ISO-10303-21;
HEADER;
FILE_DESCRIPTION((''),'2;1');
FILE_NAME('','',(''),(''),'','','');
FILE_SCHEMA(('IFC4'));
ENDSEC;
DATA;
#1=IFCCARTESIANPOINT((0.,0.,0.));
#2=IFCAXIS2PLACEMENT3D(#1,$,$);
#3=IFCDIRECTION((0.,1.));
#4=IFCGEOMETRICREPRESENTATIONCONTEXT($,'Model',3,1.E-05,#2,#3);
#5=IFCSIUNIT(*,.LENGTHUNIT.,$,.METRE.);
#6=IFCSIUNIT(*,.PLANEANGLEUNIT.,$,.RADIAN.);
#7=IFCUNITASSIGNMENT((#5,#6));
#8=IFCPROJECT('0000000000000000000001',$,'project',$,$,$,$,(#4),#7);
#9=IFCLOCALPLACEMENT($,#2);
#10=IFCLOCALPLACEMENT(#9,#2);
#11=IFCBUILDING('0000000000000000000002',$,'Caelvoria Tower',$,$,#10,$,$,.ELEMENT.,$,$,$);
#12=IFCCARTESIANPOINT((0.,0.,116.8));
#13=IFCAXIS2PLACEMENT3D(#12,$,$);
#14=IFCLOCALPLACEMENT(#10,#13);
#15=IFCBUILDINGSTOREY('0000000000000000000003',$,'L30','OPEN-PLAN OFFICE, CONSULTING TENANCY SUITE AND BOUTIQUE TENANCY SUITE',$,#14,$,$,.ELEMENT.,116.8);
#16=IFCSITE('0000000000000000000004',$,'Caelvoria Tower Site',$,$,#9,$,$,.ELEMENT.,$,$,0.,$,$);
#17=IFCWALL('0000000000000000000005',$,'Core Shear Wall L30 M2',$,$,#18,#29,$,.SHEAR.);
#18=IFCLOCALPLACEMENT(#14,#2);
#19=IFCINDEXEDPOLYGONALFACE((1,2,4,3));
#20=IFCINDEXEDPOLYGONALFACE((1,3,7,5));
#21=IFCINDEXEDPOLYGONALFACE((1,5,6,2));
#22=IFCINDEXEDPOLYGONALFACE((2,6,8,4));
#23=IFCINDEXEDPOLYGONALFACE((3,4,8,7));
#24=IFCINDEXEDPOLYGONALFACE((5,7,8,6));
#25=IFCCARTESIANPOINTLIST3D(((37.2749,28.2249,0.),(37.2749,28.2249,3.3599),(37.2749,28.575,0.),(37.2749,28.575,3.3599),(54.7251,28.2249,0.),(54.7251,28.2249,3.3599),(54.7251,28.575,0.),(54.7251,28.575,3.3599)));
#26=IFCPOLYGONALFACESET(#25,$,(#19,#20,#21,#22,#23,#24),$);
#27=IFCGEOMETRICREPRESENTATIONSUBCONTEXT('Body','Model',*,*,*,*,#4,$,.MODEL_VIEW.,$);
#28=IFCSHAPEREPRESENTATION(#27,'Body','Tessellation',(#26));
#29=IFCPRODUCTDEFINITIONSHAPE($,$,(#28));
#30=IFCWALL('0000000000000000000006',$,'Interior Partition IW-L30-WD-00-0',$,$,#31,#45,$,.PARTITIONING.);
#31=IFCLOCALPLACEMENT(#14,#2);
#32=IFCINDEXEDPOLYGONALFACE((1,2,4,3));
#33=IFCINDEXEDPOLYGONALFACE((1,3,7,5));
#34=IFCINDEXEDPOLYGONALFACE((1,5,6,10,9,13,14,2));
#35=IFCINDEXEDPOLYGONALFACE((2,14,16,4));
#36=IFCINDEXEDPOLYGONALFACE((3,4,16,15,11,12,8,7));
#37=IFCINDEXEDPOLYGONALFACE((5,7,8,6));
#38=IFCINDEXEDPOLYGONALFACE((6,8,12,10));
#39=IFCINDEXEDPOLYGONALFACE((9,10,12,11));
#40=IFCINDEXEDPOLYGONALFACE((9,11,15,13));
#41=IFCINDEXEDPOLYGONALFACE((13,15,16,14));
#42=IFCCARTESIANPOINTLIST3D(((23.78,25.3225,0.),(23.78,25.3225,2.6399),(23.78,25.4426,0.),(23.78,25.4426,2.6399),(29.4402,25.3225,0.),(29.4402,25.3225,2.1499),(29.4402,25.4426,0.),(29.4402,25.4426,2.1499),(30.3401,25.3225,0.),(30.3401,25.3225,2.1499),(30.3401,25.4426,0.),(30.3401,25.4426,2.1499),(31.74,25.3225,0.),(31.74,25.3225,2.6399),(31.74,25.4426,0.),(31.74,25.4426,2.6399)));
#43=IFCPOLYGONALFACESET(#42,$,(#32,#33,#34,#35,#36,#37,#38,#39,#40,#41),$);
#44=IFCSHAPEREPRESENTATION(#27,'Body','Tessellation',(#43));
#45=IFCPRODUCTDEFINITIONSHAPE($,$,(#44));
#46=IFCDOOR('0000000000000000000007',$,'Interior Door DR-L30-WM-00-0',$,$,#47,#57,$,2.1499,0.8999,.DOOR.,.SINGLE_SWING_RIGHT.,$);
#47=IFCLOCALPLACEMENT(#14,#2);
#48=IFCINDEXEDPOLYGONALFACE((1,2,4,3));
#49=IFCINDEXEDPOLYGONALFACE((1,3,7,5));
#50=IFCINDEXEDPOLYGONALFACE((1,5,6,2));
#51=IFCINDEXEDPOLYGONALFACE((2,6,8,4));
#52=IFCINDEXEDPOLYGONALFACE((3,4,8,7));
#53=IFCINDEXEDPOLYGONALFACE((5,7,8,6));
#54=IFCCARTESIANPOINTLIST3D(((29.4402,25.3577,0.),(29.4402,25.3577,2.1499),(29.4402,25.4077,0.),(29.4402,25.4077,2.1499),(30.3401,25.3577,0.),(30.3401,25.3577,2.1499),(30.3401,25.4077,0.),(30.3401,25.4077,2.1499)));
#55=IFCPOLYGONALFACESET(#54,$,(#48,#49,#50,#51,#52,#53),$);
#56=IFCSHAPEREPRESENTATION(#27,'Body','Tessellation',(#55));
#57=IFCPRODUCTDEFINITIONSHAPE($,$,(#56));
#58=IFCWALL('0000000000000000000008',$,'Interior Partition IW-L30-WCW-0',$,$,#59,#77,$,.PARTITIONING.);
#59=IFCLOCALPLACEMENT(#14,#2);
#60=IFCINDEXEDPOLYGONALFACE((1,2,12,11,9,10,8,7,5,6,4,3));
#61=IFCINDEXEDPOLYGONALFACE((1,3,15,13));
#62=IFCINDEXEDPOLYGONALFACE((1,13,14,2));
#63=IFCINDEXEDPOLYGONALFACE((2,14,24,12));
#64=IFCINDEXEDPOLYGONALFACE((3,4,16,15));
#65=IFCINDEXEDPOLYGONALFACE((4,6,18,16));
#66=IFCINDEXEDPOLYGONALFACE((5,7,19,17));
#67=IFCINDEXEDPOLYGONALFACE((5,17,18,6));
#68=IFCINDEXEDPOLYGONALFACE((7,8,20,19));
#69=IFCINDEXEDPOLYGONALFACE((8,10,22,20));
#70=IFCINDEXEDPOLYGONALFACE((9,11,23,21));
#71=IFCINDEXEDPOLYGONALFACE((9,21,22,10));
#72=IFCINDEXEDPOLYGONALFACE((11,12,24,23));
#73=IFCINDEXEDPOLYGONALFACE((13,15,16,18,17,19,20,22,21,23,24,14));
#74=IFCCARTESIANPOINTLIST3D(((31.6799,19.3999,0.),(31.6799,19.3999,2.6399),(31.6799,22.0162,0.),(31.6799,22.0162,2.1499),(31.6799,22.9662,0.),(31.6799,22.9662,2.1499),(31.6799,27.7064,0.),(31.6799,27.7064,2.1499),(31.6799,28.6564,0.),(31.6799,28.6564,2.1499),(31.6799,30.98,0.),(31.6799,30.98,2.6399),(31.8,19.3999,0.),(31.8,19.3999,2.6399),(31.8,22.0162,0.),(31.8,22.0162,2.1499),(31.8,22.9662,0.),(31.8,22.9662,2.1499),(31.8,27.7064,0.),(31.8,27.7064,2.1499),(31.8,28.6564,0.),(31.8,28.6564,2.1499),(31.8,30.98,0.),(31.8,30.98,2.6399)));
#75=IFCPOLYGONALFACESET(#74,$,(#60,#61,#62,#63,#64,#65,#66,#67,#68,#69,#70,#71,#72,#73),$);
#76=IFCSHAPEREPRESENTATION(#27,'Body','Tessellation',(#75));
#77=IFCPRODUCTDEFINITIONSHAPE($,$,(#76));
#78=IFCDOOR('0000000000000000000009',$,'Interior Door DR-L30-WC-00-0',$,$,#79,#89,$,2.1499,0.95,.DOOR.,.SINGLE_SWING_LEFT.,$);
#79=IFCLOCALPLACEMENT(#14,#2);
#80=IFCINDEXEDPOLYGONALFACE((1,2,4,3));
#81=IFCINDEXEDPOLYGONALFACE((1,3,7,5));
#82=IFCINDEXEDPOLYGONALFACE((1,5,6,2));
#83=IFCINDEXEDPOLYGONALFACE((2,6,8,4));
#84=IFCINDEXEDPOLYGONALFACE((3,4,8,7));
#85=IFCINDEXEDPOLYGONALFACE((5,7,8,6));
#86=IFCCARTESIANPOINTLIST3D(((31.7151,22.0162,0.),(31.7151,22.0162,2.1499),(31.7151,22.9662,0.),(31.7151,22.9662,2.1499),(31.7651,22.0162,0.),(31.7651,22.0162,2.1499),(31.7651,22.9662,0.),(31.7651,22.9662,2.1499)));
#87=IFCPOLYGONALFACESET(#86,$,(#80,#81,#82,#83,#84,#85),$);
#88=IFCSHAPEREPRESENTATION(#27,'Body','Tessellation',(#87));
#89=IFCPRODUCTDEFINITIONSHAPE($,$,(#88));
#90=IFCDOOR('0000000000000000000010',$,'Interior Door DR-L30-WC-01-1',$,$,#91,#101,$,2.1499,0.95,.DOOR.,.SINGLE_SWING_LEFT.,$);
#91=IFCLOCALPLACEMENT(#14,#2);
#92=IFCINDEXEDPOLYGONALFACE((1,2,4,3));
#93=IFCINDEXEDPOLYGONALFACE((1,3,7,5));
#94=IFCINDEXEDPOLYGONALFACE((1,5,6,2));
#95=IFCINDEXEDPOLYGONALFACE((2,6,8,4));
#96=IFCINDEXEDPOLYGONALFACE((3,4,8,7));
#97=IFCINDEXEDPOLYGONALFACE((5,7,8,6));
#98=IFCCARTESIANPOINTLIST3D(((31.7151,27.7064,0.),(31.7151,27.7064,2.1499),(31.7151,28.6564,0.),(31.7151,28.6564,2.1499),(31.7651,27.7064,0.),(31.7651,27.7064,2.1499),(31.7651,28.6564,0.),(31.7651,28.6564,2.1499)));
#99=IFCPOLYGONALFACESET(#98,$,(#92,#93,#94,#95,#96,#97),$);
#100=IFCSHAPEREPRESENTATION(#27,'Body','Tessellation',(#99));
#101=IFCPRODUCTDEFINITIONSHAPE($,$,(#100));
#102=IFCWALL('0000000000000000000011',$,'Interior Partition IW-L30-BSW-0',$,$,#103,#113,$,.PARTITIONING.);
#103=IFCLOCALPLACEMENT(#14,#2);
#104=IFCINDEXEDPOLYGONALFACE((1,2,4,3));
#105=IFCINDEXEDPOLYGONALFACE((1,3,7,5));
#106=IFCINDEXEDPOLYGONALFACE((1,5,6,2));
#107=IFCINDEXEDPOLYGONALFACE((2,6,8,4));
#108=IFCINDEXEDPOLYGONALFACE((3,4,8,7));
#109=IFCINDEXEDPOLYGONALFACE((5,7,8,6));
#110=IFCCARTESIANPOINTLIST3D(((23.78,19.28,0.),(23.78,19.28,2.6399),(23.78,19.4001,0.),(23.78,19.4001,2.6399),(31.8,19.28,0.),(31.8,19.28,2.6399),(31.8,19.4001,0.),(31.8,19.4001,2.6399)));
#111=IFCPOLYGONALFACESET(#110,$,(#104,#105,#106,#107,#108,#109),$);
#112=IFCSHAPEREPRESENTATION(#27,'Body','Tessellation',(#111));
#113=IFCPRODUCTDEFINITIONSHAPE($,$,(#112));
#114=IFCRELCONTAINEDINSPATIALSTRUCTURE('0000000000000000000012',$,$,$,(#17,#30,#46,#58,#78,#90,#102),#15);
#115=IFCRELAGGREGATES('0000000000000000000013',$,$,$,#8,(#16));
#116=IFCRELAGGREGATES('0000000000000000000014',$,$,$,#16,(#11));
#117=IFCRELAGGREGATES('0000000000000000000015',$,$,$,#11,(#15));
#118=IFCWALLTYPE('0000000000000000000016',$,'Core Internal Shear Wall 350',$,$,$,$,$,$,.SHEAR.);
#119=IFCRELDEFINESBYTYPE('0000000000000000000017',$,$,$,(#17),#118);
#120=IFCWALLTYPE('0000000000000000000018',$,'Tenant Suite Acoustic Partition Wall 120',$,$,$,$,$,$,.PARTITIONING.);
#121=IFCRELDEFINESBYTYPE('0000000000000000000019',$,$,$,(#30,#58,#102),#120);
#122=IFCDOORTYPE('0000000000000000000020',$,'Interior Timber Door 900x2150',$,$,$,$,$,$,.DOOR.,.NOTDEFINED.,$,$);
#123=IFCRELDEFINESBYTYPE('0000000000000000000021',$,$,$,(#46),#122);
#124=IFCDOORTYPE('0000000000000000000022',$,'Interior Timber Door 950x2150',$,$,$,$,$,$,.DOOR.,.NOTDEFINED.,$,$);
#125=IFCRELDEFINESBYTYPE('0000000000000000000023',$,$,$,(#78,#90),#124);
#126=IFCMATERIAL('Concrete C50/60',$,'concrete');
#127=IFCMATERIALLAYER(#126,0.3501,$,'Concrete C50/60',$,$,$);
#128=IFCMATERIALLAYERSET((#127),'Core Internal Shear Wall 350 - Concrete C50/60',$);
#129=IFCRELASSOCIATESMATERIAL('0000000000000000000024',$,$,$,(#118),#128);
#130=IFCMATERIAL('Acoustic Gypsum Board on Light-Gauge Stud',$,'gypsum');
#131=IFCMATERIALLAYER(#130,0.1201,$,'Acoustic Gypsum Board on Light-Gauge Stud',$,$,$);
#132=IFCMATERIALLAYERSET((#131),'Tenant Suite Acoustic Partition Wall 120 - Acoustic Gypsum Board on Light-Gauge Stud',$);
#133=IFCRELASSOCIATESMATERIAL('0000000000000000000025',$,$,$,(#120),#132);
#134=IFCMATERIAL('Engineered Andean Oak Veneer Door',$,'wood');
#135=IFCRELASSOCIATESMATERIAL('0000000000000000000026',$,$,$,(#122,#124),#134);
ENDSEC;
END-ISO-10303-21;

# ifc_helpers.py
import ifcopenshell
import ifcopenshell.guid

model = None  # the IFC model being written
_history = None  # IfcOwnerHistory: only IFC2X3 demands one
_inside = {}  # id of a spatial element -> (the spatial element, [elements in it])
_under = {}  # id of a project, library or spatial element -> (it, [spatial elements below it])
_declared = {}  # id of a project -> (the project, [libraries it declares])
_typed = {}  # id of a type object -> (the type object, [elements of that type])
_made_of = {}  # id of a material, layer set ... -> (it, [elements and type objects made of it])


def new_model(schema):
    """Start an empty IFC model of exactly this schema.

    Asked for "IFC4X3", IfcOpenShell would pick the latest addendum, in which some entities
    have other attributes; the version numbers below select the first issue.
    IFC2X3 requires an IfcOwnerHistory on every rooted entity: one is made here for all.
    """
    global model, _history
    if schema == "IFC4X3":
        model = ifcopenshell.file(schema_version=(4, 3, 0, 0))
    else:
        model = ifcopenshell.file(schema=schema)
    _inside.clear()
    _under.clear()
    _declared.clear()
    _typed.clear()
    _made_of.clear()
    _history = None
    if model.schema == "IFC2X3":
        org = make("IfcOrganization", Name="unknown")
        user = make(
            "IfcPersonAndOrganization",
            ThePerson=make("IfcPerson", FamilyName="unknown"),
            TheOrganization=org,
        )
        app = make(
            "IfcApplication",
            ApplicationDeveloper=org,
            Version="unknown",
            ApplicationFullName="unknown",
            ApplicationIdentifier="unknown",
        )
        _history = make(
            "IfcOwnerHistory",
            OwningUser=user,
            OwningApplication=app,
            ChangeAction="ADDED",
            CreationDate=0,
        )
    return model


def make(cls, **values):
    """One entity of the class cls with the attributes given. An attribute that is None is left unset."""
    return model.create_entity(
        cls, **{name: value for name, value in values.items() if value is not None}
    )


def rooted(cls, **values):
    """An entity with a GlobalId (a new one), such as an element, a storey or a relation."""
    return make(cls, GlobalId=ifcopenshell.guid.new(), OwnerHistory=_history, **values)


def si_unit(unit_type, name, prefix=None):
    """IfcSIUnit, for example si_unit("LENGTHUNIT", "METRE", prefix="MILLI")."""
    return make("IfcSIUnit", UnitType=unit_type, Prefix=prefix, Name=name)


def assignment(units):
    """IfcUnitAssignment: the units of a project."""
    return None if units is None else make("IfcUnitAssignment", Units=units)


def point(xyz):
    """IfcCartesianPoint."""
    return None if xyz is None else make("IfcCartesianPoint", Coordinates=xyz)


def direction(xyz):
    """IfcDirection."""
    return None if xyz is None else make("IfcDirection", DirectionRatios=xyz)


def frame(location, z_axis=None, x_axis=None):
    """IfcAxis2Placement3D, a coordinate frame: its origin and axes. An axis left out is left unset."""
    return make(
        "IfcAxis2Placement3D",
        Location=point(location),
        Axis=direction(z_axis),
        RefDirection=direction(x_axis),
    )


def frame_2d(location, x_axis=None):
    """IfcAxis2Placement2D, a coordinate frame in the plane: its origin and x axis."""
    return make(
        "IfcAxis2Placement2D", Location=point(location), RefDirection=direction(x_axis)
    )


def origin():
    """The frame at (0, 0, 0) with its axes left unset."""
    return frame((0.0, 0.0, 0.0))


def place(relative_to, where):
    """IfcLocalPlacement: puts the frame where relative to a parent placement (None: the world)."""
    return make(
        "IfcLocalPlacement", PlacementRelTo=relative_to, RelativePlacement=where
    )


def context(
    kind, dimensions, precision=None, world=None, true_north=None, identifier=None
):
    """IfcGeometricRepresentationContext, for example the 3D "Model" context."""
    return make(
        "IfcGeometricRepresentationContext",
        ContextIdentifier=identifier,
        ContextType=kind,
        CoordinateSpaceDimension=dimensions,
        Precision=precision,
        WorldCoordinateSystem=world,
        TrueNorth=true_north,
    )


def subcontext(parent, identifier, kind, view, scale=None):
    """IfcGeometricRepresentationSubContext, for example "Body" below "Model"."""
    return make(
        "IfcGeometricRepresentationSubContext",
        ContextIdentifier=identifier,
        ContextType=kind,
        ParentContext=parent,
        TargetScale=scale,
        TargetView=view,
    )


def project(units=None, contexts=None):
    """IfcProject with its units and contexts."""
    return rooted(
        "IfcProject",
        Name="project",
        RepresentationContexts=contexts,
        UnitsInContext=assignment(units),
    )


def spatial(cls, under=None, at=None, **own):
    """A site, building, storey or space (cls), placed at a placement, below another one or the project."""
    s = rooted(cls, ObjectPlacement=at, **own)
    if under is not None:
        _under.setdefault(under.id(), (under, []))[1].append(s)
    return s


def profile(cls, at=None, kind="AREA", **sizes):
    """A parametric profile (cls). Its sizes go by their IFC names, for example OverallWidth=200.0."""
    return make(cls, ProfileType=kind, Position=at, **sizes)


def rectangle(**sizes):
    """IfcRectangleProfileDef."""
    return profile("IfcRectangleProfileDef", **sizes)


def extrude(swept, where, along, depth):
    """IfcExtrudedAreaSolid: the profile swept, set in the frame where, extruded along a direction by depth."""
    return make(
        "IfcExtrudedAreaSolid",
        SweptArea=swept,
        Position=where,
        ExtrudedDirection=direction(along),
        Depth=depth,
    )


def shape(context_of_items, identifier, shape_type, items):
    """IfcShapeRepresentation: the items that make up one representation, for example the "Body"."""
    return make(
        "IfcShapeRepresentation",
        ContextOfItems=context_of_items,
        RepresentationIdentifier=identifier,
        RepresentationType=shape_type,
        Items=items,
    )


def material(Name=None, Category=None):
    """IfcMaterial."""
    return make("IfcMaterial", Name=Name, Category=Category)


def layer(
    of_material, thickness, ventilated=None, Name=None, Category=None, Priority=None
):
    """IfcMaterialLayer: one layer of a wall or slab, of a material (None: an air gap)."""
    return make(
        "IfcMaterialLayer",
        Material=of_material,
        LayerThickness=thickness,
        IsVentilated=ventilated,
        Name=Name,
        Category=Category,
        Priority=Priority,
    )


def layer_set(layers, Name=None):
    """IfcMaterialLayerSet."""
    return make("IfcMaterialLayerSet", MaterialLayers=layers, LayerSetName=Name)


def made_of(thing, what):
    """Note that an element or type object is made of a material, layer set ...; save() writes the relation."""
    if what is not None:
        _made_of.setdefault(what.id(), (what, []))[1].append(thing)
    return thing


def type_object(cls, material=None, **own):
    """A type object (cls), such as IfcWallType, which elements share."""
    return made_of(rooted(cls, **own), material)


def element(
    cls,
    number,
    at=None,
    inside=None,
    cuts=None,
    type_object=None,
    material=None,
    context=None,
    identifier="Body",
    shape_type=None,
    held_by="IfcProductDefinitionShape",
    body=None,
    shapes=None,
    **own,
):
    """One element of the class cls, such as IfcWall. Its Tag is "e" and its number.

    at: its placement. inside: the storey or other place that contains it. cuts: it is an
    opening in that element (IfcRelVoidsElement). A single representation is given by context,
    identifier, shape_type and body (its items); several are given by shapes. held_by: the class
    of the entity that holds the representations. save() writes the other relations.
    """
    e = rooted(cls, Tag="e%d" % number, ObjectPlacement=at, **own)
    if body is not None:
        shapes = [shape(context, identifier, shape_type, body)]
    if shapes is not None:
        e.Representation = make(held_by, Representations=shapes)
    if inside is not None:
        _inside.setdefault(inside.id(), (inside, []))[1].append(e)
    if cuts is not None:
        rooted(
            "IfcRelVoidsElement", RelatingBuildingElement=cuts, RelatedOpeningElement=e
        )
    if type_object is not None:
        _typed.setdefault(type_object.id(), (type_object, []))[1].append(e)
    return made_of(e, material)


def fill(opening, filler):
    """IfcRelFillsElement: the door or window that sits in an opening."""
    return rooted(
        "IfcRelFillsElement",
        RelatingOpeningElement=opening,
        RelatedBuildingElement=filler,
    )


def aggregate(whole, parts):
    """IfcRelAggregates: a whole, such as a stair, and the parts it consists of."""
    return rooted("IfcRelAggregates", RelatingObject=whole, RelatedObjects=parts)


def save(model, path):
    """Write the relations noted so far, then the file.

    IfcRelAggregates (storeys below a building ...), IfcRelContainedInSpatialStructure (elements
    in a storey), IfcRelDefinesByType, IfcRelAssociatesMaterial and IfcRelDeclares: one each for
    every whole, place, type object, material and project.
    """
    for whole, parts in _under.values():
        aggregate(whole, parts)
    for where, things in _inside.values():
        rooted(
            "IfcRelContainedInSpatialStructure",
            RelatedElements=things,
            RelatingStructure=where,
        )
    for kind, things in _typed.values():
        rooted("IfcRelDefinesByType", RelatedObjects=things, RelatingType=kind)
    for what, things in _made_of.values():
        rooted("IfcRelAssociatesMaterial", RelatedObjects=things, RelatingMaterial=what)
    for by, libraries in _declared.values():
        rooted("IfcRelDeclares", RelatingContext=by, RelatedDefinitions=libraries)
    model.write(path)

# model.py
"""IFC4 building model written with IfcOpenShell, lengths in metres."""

from ifc_helpers import new_model, si_unit, direction, frame, frame_2d, origin, place, context, subcontext, project, spatial, rectangle, extrude, material, layer, layer_set, type_object, element, fill, save


model = new_model("IFC4")

# Units and contexts
model_context = context("Model", 3, precision=1e-05, world=origin(), true_north=direction((0.0, 1.0)))
body_context = subcontext(model_context, "Body", "Model", "MODEL_VIEW")
ifc_project = project(units=[si_unit("LENGTHUNIT", "METRE"), si_unit("PLANEANGLEUNIT", "RADIAN")], contexts=[model_context])

# Site, building, storey
site_placement = place(None, origin())
site = spatial("IfcSite", under=ifc_project, at=site_placement, Name="Caelvoria Tower Site", CompositionType="ELEMENT", RefElevation=0.0)
building_placement = place(site_placement, origin())
building = spatial("IfcBuilding", under=site, at=building_placement, Name="Caelvoria Tower", CompositionType="ELEMENT")
storey_placement = place(building_placement, frame((0.0, 0.0, 116.8)))
storey = spatial("IfcBuildingStorey", under=building, at=storey_placement, Name="L30", Description="OPEN-PLAN OFFICE, CONSULTING TENANCY SUITE AND BOUTIQUE TENANCY SUITE", CompositionType="ELEMENT", Elevation=116.8)

# Shared definitions
ifc_material_1 = material(Name="Concrete C50/60", Category="concrete")
ifc_layer_1 = layer(ifc_material_1, 0.3501, Name="Concrete C50/60")
ifc_layer_set_1 = layer_set([ifc_layer_1], Name="Core Internal Shear Wall 350 - Concrete C50/60")
wall_type_1 = type_object("IfcWallType", Name="Core Internal Shear Wall 350", PredefinedType="SHEAR", material=ifc_layer_set_1)

# Wall
wall_1_placement = place(storey_placement, frame((37.2749, 28.3999, 0.0), z_axis=(0.0, 0.0, 1.0), x_axis=(1.0, 0.0, 0.0)))
element("IfcWall", 1, at=wall_1_placement, inside=storey, type_object=wall_type_1, Name="Core Shear Wall L30 M2", PredefinedType="SHEAR", context=body_context, shape_type="SweptSolid", body=[
    extrude(rectangle(XDim=17.4502, YDim=0.3501, at=frame_2d((8.7251, 0.0))), origin(), (0.0, 0.0, 1.0), 3.3599),
])

# Wall, opening, door
ifc_material_2 = material(Name="Acoustic Gypsum Board on Light-Gauge Stud", Category="gypsum")
ifc_layer_2 = layer(ifc_material_2, 0.1201, Name="Acoustic Gypsum Board on Light-Gauge Stud")
ifc_layer_set_2 = layer_set([ifc_layer_2], Name="Tenant Suite Acoustic Partition Wall 120 - Acoustic Gypsum Board on Light-Gauge Stud")
wall_type_2 = type_object("IfcWallType", Name="Tenant Suite Acoustic Partition Wall 120", PredefinedType="PARTITIONING", material=ifc_layer_set_2)
wall_2_placement = place(storey_placement, frame((31.74, 25.3826, 0.0), z_axis=(0.0, 0.0, 1.0), x_axis=(-1.0, 0.0, 0.0)))
wall_2 = element("IfcWall", 2, at=wall_2_placement, inside=storey, type_object=wall_type_2, Name="Interior Partition IW-L30-WD-00-0", PredefinedType="PARTITIONING", context=body_context, shape_type="SweptSolid", body=[
    extrude(rectangle(XDim=7.96, YDim=0.1201, at=frame_2d((3.98, 0.0))), origin(), (0.0, 0.0, 1.0), 2.6399),
])
opening_1_placement = place(wall_2_placement, frame((1.3999, 0.0, 0.0)))
opening_1 = element("IfcOpeningElement", 3, at=opening_1_placement, cuts=wall_2, PredefinedType="OPENING", context=body_context, shape_type="SweptSolid", body=[
    extrude(rectangle(XDim=0.8999, YDim=2.1499, at=frame_2d((0.45, 1.075))), frame((0.0, 0.0701, 0.0), z_axis=(0.0, -1.0, 0.0), x_axis=(1.0, 0.0, 0.0)), (0.0, 0.0, 1.0), 0.1401),
])
ifc_material_3 = material(Name="Engineered Andean Oak Veneer Door", Category="wood")
door_type_1 = type_object("IfcDoorType", Name="Interior Timber Door 900x2150", OperationType="NOTDEFINED", PredefinedType="DOOR", material=ifc_material_3)
door_1_placement = place(opening_1_placement, origin())
door_1 = element("IfcDoor", 4, at=door_1_placement, inside=storey, type_object=door_type_1, Name="Interior Door DR-L30-WM-00-0", OperationType="SINGLE_SWING_RIGHT", OverallHeight=2.1499, OverallWidth=0.8999, PredefinedType="DOOR", context=body_context, shape_type="SweptSolid", body=[
    extrude(rectangle(XDim=0.8999, YDim=2.1499, at=frame_2d((0.45, 1.075))), frame((0.0, 0.0249, 0.0), z_axis=(0.0, -1.0, 0.0), x_axis=(1.0, 0.0, 0.0)), (0.0, 0.0, 1.0), 0.05),
])
fill(opening_1, door_1)

# Wall, openings, doors
wall_3_placement = place(storey_placement, frame((31.74, 19.3999, 0.0), z_axis=(0.0, 0.0, 1.0), x_axis=(0.0, 1.0, 0.0)))
wall_3 = element("IfcWall", 5, at=wall_3_placement, inside=storey, type_object=wall_type_2, Name="Interior Partition IW-L30-WCW-0", PredefinedType="PARTITIONING", context=body_context, shape_type="SweptSolid", body=[
    extrude(rectangle(XDim=11.5801, YDim=0.1201, at=frame_2d((5.79, 0.0))), origin(), (0.0, 0.0, 1.0), 2.6399),
])
opening_2_placement = place(wall_3_placement, frame((2.6162, 0.0, 0.0)))
opening_2 = element("IfcOpeningElement", 6, at=opening_2_placement, cuts=wall_3, PredefinedType="OPENING", context=body_context, shape_type="SweptSolid", body=[
    extrude(rectangle(XDim=0.95, YDim=2.1499, at=frame_2d((0.4751, 1.075))), frame((0.0, 0.0701, 0.0), z_axis=(0.0, -1.0, 0.0), x_axis=(1.0, 0.0, 0.0)), (0.0, 0.0, 1.0), 0.1401),
])
opening_3_placement = place(wall_3_placement, frame((8.3064, 0.0, 0.0)))
opening_3 = element("IfcOpeningElement", 7, at=opening_3_placement, cuts=wall_3, PredefinedType="OPENING", context=body_context, shape_type="SweptSolid", body=[
    extrude(rectangle(XDim=0.95, YDim=2.1499, at=frame_2d((0.4751, 1.075))), frame((0.0, 0.0701, 0.0), z_axis=(0.0, -1.0, 0.0), x_axis=(1.0, 0.0, 0.0)), (0.0, 0.0, 1.0), 0.1401),
])
door_type_2 = type_object("IfcDoorType", Name="Interior Timber Door 950x2150", OperationType="NOTDEFINED", PredefinedType="DOOR", material=ifc_material_3)
door_2_placement = place(opening_2_placement, origin())
door_2 = element("IfcDoor", 8, at=door_2_placement, inside=storey, type_object=door_type_2, Name="Interior Door DR-L30-WC-00-0", OperationType="SINGLE_SWING_LEFT", OverallHeight=2.1499, OverallWidth=0.95, PredefinedType="DOOR", context=body_context, shape_type="SweptSolid", body=[
    extrude(rectangle(XDim=0.95, YDim=2.1499, at=frame_2d((0.4751, 1.075))), frame((0.0, 0.0249, 0.0), z_axis=(0.0, -1.0, 0.0), x_axis=(1.0, 0.0, 0.0)), (0.0, 0.0, 1.0), 0.05),
])
fill(opening_2, door_2)
door_3_placement = place(opening_3_placement, origin())
door_3 = element("IfcDoor", 9, at=door_3_placement, inside=storey, type_object=door_type_2, Name="Interior Door DR-L30-WC-01-1", OperationType="SINGLE_SWING_LEFT", OverallHeight=2.1499, OverallWidth=0.95, PredefinedType="DOOR", context=body_context, shape_type="SweptSolid", body=[
    extrude(rectangle(XDim=0.95, YDim=2.1499, at=frame_2d((0.4751, 1.075))), frame((0.0, 0.0249, 0.0), z_axis=(0.0, -1.0, 0.0), x_axis=(1.0, 0.0, 0.0)), (0.0, 0.0, 1.0), 0.05),
])
fill(opening_3, door_3)

# Wall
wall_4_placement = place(storey_placement, frame((31.8, 19.3401, 0.0), z_axis=(0.0, 0.0, 1.0), x_axis=(-1.0, 0.0, 0.0)))
element("IfcWall", 10, at=wall_4_placement, inside=storey, type_object=wall_type_2, Name="Interior Partition IW-L30-BSW-0", PredefinedType="PARTITIONING", context=body_context, shape_type="SweptSolid", body=[
    extrude(rectangle(XDim=8.02, YDim=0.1201, at=frame_2d((4.01, 0.0))), origin(), (0.0, 0.0, 1.0), 2.6399),
])

save(model, "model.ifc")
